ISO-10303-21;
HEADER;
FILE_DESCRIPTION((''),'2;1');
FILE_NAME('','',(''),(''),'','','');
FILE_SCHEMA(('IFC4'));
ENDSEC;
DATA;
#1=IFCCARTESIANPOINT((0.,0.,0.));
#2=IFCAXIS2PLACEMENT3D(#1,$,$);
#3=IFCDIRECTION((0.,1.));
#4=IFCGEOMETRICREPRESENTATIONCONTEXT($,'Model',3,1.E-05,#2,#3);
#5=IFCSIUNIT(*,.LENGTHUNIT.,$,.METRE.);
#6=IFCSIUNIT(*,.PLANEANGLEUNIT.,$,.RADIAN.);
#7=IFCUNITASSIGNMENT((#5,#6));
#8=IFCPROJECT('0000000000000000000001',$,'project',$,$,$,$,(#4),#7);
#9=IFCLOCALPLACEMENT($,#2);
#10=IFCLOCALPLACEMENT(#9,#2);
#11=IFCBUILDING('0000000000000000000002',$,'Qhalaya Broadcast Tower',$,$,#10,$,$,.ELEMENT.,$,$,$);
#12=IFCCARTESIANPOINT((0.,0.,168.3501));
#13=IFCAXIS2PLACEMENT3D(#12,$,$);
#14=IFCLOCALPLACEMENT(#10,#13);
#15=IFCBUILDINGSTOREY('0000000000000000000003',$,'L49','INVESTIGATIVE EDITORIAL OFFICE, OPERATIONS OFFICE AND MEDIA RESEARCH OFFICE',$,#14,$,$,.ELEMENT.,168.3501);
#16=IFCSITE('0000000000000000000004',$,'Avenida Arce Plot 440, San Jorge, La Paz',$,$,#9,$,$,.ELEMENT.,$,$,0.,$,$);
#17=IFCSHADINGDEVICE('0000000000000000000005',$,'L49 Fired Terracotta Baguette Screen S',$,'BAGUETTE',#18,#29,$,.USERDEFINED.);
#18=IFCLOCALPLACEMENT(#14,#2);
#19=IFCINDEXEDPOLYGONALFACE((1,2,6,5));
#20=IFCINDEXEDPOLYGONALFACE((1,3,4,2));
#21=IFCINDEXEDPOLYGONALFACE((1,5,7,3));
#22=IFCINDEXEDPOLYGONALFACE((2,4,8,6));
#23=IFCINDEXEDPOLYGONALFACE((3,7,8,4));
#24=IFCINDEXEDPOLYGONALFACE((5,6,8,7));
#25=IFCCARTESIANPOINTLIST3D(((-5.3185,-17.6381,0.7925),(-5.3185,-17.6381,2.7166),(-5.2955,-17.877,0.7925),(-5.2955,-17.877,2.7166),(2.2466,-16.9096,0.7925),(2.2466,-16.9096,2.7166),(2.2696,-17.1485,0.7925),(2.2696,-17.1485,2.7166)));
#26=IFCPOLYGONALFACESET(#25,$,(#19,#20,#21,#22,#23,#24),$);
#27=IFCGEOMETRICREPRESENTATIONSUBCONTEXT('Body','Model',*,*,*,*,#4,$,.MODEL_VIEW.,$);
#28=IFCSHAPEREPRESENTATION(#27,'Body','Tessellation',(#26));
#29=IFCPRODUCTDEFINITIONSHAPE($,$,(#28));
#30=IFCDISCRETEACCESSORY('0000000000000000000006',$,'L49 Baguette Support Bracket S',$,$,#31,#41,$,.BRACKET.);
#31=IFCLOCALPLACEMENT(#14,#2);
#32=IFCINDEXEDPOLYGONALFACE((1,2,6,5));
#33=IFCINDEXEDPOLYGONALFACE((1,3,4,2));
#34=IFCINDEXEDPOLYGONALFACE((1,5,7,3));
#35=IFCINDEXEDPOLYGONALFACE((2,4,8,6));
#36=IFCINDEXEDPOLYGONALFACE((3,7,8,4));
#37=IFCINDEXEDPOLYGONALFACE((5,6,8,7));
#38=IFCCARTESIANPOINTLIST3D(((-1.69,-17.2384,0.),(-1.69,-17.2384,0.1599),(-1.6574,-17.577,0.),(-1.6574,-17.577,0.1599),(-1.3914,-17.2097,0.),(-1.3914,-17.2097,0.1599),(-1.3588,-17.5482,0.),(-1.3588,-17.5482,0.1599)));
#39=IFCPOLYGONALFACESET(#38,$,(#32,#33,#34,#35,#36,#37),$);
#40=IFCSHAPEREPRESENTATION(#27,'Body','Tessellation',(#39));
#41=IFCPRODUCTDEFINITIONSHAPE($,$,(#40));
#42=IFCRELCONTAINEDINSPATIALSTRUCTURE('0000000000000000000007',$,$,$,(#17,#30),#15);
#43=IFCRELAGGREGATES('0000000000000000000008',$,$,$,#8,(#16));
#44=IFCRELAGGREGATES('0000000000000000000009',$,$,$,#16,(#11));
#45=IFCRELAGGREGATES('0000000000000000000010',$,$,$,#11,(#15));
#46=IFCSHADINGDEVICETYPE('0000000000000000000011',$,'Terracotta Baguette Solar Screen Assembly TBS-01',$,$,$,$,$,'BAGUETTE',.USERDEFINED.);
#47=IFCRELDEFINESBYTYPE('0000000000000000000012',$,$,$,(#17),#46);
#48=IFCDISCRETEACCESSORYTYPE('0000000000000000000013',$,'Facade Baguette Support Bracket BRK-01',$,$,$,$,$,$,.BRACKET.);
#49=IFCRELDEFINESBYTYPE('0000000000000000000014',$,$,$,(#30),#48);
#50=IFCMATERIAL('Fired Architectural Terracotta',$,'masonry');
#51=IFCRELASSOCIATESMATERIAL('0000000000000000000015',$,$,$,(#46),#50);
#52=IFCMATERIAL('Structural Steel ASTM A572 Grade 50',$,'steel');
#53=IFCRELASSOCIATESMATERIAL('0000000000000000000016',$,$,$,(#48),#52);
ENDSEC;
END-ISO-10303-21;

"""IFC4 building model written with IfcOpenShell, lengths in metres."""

from ifc_helpers import new_model, si_unit, direction, frame, origin, origin_2d, place, context, subcontext, project, spatial, rectangle, extrude, material, type_object, element, save


model = new_model("IFC4")

# Units and contexts
model_context = context("Model", 3, precision=1e-05, world=origin(), true_north=direction((0.0, 1.0)))
body_context = subcontext(model_context, "Body", "Model", "MODEL_VIEW")
ifc_project = project(units=[si_unit("LENGTHUNIT", "METRE"), si_unit("PLANEANGLEUNIT", "RADIAN")], contexts=[model_context])

# Site, building, storey
site_placement = place(None, origin())
site = spatial("IfcSite", under=ifc_project, at=site_placement, Name="Avenida Arce Plot 440, San Jorge, La Paz", CompositionType="ELEMENT", RefElevation=0.0)
building_placement = place(site_placement, origin())
building = spatial("IfcBuilding", under=site, at=building_placement, Name="Qhalaya Broadcast Tower", CompositionType="ELEMENT")
storey_placement = place(building_placement, frame((0.0, 0.0, 168.3501)))
storey = spatial("IfcBuildingStorey", under=building, at=storey_placement, Name="L49", Description="INVESTIGATIVE EDITORIAL OFFICE, OPERATIONS OFFICE AND MEDIA RESEARCH OFFICE", CompositionType="ELEMENT", Elevation=168.3501)

# Shared definitions
ifc_material_1 = material(Name="Structural Steel ASTM A572 Grade 50", Category="steel")

# Shared definitions
ifc_material_2 = material(Name="Fired Architectural Terracotta", Category="masonry")

# Shading device
shading_device_type = type_object("IfcShadingDeviceType", Name="Terracotta Baguette Solar Screen Assembly TBS-01", ElementType="BAGUETTE", PredefinedType="USERDEFINED", material=ifc_material_2)
shading_device_placement = place(storey_placement, frame((-1.5244, -17.3933, 0.7925), z_axis=(0.0, 0.0, 1.0), x_axis=(0.995396, 0.095846, 0.0)))
element("IfcShadingDevice", 1, at=shading_device_placement, inside=storey, type_object=shading_device_type, Name="L49 Fired Terracotta Baguette Screen S", ObjectType="BAGUETTE", PredefinedType="USERDEFINED", context=body_context, shape_type="SweptSolid", body=[
    extrude(rectangle(XDim=7.6001, YDim=0.24, at=origin_2d()), origin(), (0.0, 0.0, 1.0), 1.9241),
])

# Discrete accessory
discrete_accessory_type = type_object("IfcDiscreteAccessoryType", Name="Facade Baguette Support Bracket BRK-01", PredefinedType="BRACKET", material=ifc_material_1)
discrete_accessory_placement = place(storey_placement, frame((-1.5244, -17.3933, 0.0), z_axis=(0.0, 0.0, 1.0), x_axis=(0.995396, 0.095846, 0.0)))
element("IfcDiscreteAccessory", 2, at=discrete_accessory_placement, inside=storey, type_object=discrete_accessory_type, Name="L49 Baguette Support Bracket S", PredefinedType="BRACKET", context=body_context, shape_type="SweptSolid", body=[
    extrude(rectangle(XDim=0.3, YDim=0.3401, at=origin_2d()), origin(), (0.0, 0.0, 1.0), 0.1599),
])

save(model, "model.ifc")
